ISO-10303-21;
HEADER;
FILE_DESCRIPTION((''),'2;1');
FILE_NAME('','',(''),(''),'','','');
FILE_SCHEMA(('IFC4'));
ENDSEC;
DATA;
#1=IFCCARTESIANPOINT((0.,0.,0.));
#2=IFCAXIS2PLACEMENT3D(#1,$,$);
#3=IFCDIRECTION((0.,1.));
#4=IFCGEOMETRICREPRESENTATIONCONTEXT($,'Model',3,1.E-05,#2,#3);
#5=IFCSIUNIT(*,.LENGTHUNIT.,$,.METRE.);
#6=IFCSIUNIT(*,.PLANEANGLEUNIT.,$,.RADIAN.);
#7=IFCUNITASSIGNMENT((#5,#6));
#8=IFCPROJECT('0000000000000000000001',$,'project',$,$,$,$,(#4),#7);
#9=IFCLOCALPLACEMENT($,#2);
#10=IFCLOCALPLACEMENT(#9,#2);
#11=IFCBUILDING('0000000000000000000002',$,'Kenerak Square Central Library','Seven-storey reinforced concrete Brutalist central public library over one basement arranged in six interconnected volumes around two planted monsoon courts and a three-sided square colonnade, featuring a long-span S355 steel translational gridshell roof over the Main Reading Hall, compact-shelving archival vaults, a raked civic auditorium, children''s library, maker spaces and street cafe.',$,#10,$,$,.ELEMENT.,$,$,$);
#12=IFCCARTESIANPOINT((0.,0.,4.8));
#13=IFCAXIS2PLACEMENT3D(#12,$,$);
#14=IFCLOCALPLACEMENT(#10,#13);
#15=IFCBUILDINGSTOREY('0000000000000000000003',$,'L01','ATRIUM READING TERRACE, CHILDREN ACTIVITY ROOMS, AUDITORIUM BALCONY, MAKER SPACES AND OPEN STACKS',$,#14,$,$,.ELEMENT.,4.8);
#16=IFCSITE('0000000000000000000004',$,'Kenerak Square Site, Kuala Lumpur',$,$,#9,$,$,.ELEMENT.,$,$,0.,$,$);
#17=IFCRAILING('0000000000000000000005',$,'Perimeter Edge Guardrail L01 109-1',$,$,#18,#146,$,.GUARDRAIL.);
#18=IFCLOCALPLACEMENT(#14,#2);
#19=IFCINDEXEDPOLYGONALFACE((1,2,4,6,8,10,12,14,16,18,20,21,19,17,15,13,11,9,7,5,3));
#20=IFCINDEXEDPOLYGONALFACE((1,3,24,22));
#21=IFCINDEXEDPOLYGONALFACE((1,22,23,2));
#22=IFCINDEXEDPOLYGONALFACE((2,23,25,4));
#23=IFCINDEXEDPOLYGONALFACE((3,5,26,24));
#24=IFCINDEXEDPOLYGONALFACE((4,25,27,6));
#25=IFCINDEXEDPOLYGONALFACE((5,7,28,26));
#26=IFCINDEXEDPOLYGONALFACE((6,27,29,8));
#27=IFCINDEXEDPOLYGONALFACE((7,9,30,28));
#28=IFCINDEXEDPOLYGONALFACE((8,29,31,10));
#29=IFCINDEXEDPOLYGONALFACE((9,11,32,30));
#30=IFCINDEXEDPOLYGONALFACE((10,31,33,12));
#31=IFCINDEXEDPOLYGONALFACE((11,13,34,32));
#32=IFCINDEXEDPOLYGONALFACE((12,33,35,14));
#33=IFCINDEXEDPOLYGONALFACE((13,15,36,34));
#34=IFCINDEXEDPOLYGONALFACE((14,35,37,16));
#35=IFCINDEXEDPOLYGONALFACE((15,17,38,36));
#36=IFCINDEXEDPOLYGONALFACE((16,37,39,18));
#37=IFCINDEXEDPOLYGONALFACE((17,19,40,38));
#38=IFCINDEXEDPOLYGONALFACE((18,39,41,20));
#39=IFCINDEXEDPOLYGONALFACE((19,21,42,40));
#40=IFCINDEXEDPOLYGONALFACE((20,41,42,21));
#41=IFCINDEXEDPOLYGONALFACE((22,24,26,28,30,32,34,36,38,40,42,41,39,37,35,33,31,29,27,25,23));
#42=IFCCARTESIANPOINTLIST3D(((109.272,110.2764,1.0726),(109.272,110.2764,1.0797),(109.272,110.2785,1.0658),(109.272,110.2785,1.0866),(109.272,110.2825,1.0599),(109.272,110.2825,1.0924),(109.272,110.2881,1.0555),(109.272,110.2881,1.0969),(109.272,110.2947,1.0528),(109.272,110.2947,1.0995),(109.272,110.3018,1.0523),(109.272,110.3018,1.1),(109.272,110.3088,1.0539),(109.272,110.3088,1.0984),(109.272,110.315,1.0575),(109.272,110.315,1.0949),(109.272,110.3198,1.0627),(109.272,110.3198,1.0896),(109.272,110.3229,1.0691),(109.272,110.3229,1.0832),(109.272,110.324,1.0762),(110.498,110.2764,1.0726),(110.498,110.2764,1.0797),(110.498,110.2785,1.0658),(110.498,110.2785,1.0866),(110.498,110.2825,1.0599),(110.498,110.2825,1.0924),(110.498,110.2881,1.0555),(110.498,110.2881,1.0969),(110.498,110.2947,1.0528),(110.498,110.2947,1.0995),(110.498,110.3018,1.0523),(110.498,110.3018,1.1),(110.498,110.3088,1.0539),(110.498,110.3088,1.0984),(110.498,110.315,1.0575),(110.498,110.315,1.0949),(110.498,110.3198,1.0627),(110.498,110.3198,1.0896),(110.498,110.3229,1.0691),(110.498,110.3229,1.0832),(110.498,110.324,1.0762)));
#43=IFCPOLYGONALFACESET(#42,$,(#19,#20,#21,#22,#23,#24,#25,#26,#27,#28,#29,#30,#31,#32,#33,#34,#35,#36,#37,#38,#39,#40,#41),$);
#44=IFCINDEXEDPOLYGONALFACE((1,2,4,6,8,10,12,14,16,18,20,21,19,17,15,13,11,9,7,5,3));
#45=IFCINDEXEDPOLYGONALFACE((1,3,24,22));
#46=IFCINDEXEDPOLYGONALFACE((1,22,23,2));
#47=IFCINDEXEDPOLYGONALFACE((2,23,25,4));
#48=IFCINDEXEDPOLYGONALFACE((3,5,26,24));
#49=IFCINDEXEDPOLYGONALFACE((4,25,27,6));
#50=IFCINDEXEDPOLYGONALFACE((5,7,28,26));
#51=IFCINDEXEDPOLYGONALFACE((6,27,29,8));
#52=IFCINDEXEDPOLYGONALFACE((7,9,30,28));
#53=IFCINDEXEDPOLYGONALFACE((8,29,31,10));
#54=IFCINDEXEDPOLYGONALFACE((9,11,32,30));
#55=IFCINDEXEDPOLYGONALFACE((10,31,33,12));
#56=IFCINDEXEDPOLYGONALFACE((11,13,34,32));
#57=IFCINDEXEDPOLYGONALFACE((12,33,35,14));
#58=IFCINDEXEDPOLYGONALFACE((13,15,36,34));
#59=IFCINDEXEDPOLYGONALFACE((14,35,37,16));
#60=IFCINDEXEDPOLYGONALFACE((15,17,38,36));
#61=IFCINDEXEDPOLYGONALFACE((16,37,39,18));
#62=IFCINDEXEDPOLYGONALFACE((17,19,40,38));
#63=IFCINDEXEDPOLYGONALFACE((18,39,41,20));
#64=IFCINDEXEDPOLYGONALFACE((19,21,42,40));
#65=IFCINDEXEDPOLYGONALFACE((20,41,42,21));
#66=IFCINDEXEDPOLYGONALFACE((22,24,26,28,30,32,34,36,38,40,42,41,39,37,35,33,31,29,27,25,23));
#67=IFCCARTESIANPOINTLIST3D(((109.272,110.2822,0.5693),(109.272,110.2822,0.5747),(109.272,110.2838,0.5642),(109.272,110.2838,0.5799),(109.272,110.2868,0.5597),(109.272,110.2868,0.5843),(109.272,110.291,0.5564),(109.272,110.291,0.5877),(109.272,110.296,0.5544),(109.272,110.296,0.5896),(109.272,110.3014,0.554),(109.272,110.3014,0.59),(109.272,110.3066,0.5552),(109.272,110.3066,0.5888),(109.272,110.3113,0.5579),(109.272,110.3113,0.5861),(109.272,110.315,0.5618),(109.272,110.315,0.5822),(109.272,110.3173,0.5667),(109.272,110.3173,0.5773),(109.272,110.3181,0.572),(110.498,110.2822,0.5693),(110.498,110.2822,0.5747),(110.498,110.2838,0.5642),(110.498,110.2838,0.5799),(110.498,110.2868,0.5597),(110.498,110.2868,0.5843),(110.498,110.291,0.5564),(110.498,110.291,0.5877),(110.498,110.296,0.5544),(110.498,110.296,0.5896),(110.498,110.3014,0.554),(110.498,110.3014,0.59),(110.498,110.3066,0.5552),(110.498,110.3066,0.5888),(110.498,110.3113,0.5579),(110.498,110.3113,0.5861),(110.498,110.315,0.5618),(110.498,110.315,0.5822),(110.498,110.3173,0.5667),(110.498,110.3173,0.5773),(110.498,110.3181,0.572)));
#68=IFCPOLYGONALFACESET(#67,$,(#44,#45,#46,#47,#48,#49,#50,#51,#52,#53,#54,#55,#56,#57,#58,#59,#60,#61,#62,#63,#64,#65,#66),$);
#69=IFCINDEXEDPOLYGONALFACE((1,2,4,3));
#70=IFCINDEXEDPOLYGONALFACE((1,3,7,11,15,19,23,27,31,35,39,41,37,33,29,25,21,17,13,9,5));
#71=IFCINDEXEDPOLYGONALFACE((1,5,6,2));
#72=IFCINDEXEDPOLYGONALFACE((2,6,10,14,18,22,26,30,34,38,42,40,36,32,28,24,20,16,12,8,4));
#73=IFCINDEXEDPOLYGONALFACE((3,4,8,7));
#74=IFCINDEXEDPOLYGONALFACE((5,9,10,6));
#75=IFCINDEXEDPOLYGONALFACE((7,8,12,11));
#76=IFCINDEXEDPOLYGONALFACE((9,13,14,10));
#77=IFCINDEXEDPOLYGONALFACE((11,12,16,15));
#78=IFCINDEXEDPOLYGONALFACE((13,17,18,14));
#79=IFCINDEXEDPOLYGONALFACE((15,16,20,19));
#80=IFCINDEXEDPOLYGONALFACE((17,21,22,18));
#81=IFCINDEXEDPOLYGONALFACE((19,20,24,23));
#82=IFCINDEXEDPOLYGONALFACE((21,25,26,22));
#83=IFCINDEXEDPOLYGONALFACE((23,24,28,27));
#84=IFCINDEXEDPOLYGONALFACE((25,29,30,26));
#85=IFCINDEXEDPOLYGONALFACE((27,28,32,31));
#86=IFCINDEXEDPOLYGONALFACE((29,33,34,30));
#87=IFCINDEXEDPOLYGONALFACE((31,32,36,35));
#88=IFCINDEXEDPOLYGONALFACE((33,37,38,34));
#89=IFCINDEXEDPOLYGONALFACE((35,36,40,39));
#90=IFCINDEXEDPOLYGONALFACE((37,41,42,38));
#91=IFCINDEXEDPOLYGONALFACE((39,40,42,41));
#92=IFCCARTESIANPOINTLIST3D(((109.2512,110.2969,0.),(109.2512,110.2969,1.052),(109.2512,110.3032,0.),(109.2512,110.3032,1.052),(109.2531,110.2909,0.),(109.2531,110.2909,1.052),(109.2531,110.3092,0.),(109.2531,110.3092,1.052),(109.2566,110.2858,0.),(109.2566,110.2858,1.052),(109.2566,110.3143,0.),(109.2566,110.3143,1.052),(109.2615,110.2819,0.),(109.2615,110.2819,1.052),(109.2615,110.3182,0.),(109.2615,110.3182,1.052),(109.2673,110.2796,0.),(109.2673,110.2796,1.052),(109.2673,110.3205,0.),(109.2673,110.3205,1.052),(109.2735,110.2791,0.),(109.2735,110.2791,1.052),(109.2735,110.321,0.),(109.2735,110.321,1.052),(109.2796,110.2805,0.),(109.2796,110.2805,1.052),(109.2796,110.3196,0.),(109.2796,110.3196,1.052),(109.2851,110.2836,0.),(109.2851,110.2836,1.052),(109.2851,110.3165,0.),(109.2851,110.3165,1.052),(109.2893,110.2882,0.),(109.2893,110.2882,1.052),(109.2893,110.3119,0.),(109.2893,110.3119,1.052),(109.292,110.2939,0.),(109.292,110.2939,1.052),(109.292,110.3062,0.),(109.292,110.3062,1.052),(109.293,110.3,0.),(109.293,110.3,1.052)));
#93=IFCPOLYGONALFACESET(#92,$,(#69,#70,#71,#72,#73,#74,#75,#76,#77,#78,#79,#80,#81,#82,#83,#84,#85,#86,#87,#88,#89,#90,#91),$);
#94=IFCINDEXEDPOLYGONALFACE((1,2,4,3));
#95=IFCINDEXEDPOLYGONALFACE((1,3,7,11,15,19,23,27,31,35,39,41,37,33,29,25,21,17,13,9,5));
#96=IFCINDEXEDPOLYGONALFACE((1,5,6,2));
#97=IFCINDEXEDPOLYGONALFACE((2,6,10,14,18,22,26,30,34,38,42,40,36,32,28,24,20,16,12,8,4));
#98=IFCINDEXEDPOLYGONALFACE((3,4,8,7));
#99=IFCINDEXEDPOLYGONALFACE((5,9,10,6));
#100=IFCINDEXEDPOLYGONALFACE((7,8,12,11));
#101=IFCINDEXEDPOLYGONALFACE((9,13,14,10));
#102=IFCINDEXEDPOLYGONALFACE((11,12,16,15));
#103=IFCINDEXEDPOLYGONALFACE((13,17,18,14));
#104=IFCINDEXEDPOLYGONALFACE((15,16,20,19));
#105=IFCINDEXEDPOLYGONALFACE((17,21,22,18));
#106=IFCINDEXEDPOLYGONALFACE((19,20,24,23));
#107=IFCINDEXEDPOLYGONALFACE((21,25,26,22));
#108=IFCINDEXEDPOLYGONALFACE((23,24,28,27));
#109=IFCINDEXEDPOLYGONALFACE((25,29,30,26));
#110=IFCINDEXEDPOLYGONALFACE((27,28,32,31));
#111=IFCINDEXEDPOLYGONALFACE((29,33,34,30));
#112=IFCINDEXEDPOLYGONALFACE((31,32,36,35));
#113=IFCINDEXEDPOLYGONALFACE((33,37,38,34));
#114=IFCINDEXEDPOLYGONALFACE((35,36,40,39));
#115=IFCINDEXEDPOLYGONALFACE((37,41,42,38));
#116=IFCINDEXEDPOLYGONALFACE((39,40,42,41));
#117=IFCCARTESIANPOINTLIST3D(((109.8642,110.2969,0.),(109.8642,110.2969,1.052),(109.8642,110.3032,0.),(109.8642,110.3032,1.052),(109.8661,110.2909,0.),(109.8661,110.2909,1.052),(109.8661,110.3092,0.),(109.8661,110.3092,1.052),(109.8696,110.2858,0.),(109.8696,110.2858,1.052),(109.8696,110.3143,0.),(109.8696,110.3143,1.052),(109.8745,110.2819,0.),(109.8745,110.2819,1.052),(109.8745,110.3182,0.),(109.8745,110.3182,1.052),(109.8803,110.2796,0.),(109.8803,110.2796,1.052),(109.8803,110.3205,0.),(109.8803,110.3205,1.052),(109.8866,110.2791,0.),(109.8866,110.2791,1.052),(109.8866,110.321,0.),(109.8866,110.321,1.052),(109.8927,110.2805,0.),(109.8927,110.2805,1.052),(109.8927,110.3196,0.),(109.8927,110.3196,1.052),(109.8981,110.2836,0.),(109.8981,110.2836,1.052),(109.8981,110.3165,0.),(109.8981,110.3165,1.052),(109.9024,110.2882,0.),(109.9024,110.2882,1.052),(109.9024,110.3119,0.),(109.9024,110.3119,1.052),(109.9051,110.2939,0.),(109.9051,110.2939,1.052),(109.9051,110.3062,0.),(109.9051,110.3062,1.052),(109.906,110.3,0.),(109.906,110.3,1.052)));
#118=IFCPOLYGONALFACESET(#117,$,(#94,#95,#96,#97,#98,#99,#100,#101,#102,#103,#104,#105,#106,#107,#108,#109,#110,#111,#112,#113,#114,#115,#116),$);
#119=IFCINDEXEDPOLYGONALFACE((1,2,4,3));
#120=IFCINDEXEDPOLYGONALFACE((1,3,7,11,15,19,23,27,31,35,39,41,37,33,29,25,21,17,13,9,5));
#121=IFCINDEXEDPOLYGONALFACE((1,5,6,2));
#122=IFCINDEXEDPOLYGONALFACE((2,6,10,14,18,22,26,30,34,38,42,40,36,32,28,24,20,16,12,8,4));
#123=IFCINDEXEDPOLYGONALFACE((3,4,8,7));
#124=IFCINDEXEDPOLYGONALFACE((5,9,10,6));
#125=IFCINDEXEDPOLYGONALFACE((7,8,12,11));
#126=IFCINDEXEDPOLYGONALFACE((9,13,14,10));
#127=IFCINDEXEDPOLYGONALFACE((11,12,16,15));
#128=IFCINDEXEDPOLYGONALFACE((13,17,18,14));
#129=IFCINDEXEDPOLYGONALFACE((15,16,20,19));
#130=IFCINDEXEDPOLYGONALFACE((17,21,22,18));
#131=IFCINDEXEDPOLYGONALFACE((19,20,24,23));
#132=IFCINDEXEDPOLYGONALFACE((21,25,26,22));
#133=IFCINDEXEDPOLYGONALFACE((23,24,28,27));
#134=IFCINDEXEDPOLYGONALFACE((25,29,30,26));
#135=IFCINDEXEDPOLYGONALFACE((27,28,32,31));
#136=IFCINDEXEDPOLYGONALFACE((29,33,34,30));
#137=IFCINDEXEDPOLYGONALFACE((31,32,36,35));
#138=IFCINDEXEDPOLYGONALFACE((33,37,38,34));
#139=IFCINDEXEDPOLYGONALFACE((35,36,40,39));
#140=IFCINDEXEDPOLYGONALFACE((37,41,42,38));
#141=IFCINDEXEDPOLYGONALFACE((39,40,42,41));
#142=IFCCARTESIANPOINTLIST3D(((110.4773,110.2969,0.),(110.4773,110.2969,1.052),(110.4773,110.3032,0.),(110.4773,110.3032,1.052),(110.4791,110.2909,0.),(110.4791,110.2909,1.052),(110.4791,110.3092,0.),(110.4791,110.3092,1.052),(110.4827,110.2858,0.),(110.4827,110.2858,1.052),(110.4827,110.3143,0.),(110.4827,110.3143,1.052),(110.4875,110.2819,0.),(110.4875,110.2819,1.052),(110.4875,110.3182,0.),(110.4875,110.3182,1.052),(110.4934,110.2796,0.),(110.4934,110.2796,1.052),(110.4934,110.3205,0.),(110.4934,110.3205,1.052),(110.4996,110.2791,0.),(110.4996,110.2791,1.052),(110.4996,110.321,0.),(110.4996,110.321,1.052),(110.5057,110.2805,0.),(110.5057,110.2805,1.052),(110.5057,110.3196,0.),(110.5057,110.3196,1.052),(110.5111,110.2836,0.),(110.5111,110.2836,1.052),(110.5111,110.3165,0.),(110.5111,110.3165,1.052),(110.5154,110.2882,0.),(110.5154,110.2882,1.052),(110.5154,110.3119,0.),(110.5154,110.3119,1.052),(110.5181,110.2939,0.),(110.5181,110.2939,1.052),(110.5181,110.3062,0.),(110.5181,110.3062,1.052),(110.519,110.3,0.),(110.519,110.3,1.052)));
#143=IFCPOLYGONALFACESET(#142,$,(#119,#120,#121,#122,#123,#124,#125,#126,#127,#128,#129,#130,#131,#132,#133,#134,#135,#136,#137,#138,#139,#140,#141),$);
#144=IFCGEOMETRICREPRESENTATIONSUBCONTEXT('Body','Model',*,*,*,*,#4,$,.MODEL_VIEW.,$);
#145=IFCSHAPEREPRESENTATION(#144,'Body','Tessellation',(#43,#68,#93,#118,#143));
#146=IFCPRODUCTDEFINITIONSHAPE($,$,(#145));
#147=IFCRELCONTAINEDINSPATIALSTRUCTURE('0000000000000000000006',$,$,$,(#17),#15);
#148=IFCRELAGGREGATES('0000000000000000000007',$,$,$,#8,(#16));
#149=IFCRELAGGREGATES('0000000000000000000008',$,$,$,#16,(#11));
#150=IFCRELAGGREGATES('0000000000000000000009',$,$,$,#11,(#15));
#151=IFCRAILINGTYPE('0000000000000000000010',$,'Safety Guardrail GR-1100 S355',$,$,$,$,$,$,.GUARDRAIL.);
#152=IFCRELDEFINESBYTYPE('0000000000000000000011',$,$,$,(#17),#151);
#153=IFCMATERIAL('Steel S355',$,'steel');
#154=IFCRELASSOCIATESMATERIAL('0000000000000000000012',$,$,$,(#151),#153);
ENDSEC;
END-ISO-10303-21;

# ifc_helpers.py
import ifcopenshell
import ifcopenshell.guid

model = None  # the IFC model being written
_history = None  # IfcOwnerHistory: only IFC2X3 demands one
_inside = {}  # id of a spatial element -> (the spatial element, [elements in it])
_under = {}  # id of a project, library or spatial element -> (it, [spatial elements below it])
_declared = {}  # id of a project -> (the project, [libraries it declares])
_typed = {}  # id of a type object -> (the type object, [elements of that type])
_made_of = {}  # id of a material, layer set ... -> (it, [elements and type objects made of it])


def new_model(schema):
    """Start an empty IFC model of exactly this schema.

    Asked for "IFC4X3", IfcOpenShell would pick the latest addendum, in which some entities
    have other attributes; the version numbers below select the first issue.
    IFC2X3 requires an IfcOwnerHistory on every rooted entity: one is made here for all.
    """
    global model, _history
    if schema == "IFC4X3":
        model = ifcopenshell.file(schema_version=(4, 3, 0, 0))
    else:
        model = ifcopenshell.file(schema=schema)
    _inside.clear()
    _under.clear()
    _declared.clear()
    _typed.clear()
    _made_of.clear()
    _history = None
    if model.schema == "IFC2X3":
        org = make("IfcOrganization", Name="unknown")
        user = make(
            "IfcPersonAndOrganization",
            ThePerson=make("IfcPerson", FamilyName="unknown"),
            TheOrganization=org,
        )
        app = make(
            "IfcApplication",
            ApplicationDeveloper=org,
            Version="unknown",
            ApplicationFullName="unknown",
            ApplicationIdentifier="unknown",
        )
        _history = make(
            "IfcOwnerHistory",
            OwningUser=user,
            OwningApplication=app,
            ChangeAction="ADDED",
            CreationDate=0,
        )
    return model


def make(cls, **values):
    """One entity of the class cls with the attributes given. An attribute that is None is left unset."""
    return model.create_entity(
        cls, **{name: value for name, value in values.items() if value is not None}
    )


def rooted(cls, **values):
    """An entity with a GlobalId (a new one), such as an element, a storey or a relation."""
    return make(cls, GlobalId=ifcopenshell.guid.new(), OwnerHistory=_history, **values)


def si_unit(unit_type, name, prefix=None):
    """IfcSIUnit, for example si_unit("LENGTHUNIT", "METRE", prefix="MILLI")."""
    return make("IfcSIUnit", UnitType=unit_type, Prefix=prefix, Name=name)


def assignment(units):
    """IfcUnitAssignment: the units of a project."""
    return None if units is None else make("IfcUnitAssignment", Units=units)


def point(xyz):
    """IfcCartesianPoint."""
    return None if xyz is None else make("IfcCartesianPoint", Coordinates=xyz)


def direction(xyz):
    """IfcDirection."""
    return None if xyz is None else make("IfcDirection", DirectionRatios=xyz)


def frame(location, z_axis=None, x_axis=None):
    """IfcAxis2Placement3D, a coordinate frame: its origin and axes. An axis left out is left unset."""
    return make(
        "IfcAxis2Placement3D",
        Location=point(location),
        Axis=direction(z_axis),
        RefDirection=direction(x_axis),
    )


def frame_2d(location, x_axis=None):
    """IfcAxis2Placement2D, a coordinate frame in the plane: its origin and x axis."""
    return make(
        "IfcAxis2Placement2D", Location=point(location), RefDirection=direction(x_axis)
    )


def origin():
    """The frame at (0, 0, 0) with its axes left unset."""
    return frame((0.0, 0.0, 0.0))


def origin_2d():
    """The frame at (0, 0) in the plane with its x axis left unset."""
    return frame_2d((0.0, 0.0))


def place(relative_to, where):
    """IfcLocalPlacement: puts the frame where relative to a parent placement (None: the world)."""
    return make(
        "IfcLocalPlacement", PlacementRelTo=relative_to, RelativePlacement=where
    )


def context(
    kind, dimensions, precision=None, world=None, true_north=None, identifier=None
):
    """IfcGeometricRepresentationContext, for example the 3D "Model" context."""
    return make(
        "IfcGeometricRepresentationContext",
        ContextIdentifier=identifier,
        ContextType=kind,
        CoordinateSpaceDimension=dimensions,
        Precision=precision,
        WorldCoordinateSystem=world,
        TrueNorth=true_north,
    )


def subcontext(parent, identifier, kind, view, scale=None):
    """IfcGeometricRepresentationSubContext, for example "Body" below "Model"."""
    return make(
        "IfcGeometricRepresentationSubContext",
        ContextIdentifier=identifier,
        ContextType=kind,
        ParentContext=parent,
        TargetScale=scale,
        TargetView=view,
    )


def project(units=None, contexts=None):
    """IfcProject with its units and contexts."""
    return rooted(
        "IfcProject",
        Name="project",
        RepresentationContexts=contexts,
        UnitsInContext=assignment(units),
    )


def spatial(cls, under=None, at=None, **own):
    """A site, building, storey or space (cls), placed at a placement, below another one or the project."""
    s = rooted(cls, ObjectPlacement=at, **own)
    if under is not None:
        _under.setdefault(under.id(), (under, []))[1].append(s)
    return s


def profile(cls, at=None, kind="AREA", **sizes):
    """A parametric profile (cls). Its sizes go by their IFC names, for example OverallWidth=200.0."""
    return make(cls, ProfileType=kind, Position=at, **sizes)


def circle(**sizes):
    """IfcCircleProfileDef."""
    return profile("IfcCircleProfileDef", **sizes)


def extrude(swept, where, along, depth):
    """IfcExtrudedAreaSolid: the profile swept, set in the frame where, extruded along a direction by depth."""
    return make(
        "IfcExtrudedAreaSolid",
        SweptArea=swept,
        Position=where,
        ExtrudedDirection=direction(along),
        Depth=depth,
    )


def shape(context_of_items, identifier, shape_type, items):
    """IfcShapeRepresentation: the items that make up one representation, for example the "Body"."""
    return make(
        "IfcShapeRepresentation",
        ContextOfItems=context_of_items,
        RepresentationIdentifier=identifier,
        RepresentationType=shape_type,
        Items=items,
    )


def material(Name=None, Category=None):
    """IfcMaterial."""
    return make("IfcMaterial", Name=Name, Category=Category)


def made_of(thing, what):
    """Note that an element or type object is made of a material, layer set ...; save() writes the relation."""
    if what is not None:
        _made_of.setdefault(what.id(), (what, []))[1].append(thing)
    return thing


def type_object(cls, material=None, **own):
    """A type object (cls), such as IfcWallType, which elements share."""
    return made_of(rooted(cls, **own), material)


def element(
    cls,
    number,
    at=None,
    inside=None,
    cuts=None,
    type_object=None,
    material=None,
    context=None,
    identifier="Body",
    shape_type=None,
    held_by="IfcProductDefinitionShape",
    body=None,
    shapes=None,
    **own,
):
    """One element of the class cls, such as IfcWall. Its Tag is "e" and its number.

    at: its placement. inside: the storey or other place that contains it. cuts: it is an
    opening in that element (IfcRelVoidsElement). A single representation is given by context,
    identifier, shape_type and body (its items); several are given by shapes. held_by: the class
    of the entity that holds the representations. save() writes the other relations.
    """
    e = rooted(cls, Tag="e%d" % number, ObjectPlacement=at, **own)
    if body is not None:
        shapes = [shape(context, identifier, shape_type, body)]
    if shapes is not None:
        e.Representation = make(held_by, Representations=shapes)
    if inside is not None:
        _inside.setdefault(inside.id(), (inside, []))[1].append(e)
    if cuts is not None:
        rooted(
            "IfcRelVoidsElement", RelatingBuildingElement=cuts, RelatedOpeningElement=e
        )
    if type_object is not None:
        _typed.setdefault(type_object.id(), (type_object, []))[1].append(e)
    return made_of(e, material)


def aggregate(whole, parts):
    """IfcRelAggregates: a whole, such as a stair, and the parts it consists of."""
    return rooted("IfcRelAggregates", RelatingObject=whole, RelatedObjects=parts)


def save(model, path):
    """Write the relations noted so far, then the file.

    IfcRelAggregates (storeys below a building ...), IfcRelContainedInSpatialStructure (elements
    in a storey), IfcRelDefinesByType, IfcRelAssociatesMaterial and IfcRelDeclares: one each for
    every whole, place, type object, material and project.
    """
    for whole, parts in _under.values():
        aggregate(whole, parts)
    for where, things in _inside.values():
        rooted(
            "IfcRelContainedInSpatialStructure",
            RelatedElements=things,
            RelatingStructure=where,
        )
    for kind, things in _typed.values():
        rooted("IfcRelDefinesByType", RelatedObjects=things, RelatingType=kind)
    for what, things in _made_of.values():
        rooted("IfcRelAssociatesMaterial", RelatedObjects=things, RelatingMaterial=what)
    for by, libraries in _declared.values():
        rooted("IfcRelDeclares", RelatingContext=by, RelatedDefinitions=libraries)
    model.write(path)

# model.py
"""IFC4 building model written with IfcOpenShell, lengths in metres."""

from ifc_helpers import new_model, si_unit, direction, frame, origin, origin_2d, place, context, subcontext, project, spatial, circle, extrude, material, type_object, element, save


model = new_model("IFC4")

# Units and contexts
model_context = context("Model", 3, precision=1e-05, world=origin(), true_north=direction((0.0, 1.0)))
body_context = subcontext(model_context, "Body", "Model", "MODEL_VIEW")
ifc_project = project(units=[si_unit("LENGTHUNIT", "METRE"), si_unit("PLANEANGLEUNIT", "RADIAN")], contexts=[model_context])

# Site, building, storey
site_placement = place(None, origin())
site = spatial("IfcSite", under=ifc_project, at=site_placement, Name="Kenerak Square Site, Kuala Lumpur", CompositionType="ELEMENT", RefElevation=0.0)
building_placement = place(site_placement, origin())
building = spatial("IfcBuilding", under=site, at=building_placement, Name="Kenerak Square Central Library", Description="Seven-storey reinforced concrete Brutalist central public library over one basement arranged in six interconnected volumes around two planted monsoon courts and a three-sided square colonnade, featuring a long-span S355 steel translational gridshell roof over the Main Reading Hall, compact-shelving archival vaults, a raked civic auditorium, children's library, maker spaces and street cafe.", CompositionType="ELEMENT")
storey_placement = place(building_placement, frame((0.0, 0.0, 4.8)))
storey = spatial("IfcBuildingStorey", under=building, at=storey_placement, Name="L01", Description="ATRIUM READING TERRACE, CHILDREN ACTIVITY ROOMS, AUDITORIUM BALCONY, MAKER SPACES AND OPEN STACKS", CompositionType="ELEMENT", Elevation=4.8)

# Railing
ifc_material_1 = material(Name="Steel S355", Category="steel")
railing_type_1 = type_object("IfcRailingType", Name="Safety Guardrail GR-1100 S355", PredefinedType="GUARDRAIL", material=ifc_material_1)
for number, where, name in (
    (1, (109.272, 110.3, 0.0), "Perimeter Edge Guardrail L01 109-1"),
):
    element("IfcRailing", number, at=place(storey_placement, frame(where)), inside=storey, type_object=railing_type_1, Name=name, PredefinedType="GUARDRAIL", context=body_context, shape_type="SweptSolid", body=[
        extrude(circle(Radius=0.0239, at=origin_2d()), frame((0.0, 0.0, 1.0762), z_axis=(1.0, 0.0, 0.0), x_axis=(0.0, 1.0, 0.0)), (0.0, 0.0, 1.0), 1.2261),
        extrude(circle(Radius=0.0181, at=origin_2d()), frame((0.0, 0.0, 0.572), z_axis=(1.0, 0.0, 0.0), x_axis=(0.0, 1.0, 0.0)), (0.0, 0.0, 1.0), 1.2261),
        extrude(circle(Radius=0.021, at=origin_2d()), origin(), (0.0, 0.0, 1.0), 1.052),
        extrude(circle(Radius=0.021, at=origin_2d()), frame((0.613, 0.0, 0.0)), (0.0, 0.0, 1.0), 1.052),
        extrude(circle(Radius=0.021, at=origin_2d()), frame((1.2261, 0.0, 0.0)), (0.0, 0.0, 1.0), 1.052),
    ])

save(model, "model.ifc")
